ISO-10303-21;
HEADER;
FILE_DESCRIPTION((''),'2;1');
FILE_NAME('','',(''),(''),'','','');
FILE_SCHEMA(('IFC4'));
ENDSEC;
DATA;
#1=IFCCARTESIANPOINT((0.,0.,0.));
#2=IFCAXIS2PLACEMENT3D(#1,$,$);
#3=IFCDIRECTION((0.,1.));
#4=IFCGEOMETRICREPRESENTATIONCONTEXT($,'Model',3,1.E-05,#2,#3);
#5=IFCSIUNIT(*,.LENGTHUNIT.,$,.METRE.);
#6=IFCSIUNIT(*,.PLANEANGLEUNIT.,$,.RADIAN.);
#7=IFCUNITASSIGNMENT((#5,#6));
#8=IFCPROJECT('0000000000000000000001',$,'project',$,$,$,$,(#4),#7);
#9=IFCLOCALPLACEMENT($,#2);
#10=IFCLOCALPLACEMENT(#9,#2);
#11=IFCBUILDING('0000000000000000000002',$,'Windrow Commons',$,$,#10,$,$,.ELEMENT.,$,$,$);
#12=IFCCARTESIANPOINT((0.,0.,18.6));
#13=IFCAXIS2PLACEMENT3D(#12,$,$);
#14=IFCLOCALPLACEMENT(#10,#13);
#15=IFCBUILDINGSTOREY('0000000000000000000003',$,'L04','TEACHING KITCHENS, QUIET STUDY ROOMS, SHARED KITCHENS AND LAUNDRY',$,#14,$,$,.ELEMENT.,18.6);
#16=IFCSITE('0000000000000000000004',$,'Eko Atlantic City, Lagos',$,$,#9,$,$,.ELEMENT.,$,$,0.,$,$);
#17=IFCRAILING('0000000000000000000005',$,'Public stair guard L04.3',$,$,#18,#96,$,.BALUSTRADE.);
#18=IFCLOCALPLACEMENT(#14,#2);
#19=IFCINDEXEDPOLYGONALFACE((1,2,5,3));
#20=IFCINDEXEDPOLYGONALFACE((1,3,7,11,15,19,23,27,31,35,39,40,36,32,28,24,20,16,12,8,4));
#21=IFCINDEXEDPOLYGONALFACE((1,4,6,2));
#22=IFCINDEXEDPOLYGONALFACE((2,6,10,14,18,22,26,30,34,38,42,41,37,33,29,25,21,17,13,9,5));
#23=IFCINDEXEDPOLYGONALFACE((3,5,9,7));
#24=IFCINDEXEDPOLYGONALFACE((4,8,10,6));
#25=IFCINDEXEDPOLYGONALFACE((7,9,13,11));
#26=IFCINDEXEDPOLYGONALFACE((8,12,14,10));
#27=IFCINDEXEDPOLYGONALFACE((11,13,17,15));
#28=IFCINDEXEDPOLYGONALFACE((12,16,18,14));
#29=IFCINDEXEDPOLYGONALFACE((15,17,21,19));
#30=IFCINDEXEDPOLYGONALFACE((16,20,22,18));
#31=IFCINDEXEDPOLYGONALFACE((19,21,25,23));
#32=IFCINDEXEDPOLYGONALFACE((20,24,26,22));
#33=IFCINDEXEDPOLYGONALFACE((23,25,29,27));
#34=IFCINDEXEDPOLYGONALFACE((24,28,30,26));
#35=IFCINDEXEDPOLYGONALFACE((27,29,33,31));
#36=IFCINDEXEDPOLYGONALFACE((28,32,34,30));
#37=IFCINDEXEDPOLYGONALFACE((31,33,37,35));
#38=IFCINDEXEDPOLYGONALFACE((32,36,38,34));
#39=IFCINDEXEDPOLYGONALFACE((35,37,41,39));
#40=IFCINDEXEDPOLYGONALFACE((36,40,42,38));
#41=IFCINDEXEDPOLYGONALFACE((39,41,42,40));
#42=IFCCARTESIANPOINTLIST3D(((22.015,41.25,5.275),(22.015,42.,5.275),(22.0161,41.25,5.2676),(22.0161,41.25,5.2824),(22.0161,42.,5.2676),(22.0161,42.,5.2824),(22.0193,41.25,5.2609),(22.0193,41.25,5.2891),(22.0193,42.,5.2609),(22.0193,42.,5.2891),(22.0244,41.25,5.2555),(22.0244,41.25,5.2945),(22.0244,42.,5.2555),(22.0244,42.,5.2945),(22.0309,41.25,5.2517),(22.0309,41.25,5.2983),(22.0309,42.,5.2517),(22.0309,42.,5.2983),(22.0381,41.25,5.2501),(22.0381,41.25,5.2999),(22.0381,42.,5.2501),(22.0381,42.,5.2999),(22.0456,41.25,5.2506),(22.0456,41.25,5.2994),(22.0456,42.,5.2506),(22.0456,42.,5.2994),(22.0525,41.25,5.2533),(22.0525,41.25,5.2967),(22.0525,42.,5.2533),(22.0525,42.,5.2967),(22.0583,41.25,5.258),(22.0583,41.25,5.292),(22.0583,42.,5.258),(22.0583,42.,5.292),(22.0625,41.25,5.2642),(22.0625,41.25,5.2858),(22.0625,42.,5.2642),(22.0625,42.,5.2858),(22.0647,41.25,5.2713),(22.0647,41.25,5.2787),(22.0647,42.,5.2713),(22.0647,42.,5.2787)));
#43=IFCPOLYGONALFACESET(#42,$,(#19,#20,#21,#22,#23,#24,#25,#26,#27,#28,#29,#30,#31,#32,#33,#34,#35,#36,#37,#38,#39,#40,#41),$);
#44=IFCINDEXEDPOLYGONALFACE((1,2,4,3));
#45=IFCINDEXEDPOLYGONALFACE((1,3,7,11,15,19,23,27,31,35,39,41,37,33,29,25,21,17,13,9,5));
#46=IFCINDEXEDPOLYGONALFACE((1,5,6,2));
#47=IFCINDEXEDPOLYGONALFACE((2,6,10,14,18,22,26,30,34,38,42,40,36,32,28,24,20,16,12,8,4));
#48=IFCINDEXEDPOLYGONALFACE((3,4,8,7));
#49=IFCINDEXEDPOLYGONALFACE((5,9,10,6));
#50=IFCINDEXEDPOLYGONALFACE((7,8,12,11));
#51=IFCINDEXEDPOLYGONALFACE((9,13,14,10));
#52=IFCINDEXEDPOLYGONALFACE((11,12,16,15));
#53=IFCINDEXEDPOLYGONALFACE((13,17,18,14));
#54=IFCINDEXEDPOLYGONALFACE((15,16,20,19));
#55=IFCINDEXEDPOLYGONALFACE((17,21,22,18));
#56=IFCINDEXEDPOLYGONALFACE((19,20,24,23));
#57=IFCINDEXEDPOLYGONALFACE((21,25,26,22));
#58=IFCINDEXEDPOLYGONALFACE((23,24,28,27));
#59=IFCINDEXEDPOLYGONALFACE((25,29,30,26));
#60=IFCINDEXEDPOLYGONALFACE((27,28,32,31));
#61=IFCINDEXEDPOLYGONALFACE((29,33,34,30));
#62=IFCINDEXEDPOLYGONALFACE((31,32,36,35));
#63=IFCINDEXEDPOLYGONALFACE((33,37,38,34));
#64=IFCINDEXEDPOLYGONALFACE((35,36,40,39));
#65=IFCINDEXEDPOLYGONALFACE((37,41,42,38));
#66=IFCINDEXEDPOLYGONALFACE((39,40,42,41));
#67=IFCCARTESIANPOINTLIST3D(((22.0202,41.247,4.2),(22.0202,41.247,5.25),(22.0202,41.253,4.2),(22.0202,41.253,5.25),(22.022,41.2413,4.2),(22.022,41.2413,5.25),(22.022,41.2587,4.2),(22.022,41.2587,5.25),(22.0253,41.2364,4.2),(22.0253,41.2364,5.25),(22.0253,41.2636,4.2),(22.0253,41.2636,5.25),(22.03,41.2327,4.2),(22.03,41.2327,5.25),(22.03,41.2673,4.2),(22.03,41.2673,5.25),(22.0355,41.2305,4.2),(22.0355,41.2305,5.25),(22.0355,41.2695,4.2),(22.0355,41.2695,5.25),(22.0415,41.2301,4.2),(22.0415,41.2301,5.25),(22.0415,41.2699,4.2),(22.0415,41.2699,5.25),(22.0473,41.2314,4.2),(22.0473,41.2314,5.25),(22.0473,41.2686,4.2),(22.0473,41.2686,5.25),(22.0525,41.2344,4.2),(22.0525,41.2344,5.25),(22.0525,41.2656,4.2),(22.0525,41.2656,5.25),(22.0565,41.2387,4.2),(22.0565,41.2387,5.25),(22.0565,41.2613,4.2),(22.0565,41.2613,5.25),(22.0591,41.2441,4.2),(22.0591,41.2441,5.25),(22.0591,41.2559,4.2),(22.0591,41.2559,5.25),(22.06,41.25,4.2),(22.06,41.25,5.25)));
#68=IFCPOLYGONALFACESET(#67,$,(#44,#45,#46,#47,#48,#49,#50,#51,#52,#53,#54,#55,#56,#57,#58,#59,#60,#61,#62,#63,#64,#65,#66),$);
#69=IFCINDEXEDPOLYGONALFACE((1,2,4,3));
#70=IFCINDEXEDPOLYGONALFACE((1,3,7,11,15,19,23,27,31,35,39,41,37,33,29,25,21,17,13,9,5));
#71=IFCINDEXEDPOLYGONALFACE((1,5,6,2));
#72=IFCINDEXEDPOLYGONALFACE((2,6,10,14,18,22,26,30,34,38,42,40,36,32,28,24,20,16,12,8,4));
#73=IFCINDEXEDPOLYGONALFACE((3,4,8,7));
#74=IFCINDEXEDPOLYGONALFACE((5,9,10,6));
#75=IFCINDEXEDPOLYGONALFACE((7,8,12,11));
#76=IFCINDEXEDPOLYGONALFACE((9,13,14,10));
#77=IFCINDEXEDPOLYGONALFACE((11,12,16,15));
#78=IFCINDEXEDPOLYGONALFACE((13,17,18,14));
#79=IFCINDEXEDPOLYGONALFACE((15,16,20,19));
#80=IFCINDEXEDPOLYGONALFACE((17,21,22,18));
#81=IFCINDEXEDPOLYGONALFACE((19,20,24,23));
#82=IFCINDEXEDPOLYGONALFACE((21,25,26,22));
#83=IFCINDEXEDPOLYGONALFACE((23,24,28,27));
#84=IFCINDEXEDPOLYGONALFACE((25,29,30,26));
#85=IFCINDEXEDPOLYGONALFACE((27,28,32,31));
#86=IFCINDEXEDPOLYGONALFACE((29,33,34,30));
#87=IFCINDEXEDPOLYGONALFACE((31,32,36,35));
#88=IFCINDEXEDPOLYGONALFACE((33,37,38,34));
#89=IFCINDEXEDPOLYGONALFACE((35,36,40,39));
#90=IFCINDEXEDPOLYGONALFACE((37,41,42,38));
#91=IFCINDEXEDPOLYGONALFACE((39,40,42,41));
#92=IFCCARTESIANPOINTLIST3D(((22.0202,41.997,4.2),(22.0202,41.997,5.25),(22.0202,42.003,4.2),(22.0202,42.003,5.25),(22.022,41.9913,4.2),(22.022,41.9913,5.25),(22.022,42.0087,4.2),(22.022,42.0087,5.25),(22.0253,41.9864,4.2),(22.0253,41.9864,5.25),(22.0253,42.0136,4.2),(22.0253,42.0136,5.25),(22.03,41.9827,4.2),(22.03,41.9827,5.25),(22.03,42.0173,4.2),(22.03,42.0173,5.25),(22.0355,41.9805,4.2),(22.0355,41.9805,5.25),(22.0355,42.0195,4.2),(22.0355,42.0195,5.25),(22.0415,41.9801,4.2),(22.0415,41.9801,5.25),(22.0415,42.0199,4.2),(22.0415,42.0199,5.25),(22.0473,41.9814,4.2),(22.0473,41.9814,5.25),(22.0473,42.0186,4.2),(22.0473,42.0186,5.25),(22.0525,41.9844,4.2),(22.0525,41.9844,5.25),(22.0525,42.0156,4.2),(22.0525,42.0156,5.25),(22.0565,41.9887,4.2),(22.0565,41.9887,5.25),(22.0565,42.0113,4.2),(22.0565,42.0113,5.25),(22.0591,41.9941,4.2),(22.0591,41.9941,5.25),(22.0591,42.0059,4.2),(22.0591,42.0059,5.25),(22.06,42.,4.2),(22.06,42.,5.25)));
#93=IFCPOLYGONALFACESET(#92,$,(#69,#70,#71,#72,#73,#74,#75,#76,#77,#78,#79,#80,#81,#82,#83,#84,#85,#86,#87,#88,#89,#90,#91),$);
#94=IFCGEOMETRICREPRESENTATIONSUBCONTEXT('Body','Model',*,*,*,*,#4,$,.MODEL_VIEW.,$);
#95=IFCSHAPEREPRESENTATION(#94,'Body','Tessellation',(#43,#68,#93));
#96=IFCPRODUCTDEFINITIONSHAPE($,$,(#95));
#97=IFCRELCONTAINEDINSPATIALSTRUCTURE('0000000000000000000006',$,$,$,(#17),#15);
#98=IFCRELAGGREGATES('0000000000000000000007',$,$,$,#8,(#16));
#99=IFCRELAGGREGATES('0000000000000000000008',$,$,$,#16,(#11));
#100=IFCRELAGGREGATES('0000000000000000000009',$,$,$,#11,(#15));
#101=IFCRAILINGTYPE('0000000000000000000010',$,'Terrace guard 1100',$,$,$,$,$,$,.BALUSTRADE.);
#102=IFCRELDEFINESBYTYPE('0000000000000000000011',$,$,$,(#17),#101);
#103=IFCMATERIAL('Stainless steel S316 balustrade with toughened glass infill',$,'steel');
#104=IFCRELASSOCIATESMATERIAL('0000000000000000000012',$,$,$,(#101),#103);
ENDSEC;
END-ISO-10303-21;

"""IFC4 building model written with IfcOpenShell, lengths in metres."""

from ifc_helpers import new_model, si_unit, direction, frame, origin, origin_2d, place, context, subcontext, project, spatial, circle, extrude, material, type_object, element, save


model = new_model("IFC4")

# Units and contexts
model_context = context("Model", 3, precision=1e-05, world=origin(), true_north=direction((0.0, 1.0)))
body_context = subcontext(model_context, "Body", "Model", "MODEL_VIEW")
ifc_project = project(units=[si_unit("LENGTHUNIT", "METRE"), si_unit("PLANEANGLEUNIT", "RADIAN")], contexts=[model_context])

# Site, building, storey
site_placement = place(None, origin())
site = spatial("IfcSite", under=ifc_project, at=site_placement, Name="Eko Atlantic City, Lagos", CompositionType="ELEMENT", RefElevation=0.0)
building_placement = place(site_placement, origin())
building = spatial("IfcBuilding", under=site, at=building_placement, Name="Windrow Commons", CompositionType="ELEMENT")
storey_placement = place(building_placement, frame((0.0, 0.0, 18.6)))
storey = spatial("IfcBuildingStorey", under=building, at=storey_placement, Name="L04", Description="TEACHING KITCHENS, QUIET STUDY ROOMS, SHARED KITCHENS AND LAUNDRY", CompositionType="ELEMENT", Elevation=18.6)

# Railing
ifc_material_1 = material(Name="Stainless steel S316 balustrade with toughened glass infill", Category="steel")
railing_type_1 = type_object("IfcRailingType", Name="Terrace guard 1100", PredefinedType="BALUSTRADE", material=ifc_material_1)
railing_1_placement = place(storey_placement, frame((22.04, 41.25, 4.2)))
element("IfcRailing", 1, at=railing_1_placement, inside=storey, type_object=railing_type_1, Name="Public stair guard L04.3", PredefinedType="BALUSTRADE", context=body_context, shape_type="SweptSolid", body=[
    extrude(circle(Radius=0.025, at=origin_2d()), frame((0.0, 0.0, 1.075), z_axis=(0.0, 1.0, 0.0), x_axis=(-1.0, 0.0, 0.0)), (0.0, 0.0, 1.0), 0.75),
    extrude(circle(Radius=0.02, at=origin_2d()), origin(), (0.0, 0.0, 1.0), 1.05),
    extrude(circle(Radius=0.02, at=origin_2d()), frame((0.0, 0.75, 0.0)), (0.0, 0.0, 1.0), 1.05),
])

save(model, "model.ifc")
